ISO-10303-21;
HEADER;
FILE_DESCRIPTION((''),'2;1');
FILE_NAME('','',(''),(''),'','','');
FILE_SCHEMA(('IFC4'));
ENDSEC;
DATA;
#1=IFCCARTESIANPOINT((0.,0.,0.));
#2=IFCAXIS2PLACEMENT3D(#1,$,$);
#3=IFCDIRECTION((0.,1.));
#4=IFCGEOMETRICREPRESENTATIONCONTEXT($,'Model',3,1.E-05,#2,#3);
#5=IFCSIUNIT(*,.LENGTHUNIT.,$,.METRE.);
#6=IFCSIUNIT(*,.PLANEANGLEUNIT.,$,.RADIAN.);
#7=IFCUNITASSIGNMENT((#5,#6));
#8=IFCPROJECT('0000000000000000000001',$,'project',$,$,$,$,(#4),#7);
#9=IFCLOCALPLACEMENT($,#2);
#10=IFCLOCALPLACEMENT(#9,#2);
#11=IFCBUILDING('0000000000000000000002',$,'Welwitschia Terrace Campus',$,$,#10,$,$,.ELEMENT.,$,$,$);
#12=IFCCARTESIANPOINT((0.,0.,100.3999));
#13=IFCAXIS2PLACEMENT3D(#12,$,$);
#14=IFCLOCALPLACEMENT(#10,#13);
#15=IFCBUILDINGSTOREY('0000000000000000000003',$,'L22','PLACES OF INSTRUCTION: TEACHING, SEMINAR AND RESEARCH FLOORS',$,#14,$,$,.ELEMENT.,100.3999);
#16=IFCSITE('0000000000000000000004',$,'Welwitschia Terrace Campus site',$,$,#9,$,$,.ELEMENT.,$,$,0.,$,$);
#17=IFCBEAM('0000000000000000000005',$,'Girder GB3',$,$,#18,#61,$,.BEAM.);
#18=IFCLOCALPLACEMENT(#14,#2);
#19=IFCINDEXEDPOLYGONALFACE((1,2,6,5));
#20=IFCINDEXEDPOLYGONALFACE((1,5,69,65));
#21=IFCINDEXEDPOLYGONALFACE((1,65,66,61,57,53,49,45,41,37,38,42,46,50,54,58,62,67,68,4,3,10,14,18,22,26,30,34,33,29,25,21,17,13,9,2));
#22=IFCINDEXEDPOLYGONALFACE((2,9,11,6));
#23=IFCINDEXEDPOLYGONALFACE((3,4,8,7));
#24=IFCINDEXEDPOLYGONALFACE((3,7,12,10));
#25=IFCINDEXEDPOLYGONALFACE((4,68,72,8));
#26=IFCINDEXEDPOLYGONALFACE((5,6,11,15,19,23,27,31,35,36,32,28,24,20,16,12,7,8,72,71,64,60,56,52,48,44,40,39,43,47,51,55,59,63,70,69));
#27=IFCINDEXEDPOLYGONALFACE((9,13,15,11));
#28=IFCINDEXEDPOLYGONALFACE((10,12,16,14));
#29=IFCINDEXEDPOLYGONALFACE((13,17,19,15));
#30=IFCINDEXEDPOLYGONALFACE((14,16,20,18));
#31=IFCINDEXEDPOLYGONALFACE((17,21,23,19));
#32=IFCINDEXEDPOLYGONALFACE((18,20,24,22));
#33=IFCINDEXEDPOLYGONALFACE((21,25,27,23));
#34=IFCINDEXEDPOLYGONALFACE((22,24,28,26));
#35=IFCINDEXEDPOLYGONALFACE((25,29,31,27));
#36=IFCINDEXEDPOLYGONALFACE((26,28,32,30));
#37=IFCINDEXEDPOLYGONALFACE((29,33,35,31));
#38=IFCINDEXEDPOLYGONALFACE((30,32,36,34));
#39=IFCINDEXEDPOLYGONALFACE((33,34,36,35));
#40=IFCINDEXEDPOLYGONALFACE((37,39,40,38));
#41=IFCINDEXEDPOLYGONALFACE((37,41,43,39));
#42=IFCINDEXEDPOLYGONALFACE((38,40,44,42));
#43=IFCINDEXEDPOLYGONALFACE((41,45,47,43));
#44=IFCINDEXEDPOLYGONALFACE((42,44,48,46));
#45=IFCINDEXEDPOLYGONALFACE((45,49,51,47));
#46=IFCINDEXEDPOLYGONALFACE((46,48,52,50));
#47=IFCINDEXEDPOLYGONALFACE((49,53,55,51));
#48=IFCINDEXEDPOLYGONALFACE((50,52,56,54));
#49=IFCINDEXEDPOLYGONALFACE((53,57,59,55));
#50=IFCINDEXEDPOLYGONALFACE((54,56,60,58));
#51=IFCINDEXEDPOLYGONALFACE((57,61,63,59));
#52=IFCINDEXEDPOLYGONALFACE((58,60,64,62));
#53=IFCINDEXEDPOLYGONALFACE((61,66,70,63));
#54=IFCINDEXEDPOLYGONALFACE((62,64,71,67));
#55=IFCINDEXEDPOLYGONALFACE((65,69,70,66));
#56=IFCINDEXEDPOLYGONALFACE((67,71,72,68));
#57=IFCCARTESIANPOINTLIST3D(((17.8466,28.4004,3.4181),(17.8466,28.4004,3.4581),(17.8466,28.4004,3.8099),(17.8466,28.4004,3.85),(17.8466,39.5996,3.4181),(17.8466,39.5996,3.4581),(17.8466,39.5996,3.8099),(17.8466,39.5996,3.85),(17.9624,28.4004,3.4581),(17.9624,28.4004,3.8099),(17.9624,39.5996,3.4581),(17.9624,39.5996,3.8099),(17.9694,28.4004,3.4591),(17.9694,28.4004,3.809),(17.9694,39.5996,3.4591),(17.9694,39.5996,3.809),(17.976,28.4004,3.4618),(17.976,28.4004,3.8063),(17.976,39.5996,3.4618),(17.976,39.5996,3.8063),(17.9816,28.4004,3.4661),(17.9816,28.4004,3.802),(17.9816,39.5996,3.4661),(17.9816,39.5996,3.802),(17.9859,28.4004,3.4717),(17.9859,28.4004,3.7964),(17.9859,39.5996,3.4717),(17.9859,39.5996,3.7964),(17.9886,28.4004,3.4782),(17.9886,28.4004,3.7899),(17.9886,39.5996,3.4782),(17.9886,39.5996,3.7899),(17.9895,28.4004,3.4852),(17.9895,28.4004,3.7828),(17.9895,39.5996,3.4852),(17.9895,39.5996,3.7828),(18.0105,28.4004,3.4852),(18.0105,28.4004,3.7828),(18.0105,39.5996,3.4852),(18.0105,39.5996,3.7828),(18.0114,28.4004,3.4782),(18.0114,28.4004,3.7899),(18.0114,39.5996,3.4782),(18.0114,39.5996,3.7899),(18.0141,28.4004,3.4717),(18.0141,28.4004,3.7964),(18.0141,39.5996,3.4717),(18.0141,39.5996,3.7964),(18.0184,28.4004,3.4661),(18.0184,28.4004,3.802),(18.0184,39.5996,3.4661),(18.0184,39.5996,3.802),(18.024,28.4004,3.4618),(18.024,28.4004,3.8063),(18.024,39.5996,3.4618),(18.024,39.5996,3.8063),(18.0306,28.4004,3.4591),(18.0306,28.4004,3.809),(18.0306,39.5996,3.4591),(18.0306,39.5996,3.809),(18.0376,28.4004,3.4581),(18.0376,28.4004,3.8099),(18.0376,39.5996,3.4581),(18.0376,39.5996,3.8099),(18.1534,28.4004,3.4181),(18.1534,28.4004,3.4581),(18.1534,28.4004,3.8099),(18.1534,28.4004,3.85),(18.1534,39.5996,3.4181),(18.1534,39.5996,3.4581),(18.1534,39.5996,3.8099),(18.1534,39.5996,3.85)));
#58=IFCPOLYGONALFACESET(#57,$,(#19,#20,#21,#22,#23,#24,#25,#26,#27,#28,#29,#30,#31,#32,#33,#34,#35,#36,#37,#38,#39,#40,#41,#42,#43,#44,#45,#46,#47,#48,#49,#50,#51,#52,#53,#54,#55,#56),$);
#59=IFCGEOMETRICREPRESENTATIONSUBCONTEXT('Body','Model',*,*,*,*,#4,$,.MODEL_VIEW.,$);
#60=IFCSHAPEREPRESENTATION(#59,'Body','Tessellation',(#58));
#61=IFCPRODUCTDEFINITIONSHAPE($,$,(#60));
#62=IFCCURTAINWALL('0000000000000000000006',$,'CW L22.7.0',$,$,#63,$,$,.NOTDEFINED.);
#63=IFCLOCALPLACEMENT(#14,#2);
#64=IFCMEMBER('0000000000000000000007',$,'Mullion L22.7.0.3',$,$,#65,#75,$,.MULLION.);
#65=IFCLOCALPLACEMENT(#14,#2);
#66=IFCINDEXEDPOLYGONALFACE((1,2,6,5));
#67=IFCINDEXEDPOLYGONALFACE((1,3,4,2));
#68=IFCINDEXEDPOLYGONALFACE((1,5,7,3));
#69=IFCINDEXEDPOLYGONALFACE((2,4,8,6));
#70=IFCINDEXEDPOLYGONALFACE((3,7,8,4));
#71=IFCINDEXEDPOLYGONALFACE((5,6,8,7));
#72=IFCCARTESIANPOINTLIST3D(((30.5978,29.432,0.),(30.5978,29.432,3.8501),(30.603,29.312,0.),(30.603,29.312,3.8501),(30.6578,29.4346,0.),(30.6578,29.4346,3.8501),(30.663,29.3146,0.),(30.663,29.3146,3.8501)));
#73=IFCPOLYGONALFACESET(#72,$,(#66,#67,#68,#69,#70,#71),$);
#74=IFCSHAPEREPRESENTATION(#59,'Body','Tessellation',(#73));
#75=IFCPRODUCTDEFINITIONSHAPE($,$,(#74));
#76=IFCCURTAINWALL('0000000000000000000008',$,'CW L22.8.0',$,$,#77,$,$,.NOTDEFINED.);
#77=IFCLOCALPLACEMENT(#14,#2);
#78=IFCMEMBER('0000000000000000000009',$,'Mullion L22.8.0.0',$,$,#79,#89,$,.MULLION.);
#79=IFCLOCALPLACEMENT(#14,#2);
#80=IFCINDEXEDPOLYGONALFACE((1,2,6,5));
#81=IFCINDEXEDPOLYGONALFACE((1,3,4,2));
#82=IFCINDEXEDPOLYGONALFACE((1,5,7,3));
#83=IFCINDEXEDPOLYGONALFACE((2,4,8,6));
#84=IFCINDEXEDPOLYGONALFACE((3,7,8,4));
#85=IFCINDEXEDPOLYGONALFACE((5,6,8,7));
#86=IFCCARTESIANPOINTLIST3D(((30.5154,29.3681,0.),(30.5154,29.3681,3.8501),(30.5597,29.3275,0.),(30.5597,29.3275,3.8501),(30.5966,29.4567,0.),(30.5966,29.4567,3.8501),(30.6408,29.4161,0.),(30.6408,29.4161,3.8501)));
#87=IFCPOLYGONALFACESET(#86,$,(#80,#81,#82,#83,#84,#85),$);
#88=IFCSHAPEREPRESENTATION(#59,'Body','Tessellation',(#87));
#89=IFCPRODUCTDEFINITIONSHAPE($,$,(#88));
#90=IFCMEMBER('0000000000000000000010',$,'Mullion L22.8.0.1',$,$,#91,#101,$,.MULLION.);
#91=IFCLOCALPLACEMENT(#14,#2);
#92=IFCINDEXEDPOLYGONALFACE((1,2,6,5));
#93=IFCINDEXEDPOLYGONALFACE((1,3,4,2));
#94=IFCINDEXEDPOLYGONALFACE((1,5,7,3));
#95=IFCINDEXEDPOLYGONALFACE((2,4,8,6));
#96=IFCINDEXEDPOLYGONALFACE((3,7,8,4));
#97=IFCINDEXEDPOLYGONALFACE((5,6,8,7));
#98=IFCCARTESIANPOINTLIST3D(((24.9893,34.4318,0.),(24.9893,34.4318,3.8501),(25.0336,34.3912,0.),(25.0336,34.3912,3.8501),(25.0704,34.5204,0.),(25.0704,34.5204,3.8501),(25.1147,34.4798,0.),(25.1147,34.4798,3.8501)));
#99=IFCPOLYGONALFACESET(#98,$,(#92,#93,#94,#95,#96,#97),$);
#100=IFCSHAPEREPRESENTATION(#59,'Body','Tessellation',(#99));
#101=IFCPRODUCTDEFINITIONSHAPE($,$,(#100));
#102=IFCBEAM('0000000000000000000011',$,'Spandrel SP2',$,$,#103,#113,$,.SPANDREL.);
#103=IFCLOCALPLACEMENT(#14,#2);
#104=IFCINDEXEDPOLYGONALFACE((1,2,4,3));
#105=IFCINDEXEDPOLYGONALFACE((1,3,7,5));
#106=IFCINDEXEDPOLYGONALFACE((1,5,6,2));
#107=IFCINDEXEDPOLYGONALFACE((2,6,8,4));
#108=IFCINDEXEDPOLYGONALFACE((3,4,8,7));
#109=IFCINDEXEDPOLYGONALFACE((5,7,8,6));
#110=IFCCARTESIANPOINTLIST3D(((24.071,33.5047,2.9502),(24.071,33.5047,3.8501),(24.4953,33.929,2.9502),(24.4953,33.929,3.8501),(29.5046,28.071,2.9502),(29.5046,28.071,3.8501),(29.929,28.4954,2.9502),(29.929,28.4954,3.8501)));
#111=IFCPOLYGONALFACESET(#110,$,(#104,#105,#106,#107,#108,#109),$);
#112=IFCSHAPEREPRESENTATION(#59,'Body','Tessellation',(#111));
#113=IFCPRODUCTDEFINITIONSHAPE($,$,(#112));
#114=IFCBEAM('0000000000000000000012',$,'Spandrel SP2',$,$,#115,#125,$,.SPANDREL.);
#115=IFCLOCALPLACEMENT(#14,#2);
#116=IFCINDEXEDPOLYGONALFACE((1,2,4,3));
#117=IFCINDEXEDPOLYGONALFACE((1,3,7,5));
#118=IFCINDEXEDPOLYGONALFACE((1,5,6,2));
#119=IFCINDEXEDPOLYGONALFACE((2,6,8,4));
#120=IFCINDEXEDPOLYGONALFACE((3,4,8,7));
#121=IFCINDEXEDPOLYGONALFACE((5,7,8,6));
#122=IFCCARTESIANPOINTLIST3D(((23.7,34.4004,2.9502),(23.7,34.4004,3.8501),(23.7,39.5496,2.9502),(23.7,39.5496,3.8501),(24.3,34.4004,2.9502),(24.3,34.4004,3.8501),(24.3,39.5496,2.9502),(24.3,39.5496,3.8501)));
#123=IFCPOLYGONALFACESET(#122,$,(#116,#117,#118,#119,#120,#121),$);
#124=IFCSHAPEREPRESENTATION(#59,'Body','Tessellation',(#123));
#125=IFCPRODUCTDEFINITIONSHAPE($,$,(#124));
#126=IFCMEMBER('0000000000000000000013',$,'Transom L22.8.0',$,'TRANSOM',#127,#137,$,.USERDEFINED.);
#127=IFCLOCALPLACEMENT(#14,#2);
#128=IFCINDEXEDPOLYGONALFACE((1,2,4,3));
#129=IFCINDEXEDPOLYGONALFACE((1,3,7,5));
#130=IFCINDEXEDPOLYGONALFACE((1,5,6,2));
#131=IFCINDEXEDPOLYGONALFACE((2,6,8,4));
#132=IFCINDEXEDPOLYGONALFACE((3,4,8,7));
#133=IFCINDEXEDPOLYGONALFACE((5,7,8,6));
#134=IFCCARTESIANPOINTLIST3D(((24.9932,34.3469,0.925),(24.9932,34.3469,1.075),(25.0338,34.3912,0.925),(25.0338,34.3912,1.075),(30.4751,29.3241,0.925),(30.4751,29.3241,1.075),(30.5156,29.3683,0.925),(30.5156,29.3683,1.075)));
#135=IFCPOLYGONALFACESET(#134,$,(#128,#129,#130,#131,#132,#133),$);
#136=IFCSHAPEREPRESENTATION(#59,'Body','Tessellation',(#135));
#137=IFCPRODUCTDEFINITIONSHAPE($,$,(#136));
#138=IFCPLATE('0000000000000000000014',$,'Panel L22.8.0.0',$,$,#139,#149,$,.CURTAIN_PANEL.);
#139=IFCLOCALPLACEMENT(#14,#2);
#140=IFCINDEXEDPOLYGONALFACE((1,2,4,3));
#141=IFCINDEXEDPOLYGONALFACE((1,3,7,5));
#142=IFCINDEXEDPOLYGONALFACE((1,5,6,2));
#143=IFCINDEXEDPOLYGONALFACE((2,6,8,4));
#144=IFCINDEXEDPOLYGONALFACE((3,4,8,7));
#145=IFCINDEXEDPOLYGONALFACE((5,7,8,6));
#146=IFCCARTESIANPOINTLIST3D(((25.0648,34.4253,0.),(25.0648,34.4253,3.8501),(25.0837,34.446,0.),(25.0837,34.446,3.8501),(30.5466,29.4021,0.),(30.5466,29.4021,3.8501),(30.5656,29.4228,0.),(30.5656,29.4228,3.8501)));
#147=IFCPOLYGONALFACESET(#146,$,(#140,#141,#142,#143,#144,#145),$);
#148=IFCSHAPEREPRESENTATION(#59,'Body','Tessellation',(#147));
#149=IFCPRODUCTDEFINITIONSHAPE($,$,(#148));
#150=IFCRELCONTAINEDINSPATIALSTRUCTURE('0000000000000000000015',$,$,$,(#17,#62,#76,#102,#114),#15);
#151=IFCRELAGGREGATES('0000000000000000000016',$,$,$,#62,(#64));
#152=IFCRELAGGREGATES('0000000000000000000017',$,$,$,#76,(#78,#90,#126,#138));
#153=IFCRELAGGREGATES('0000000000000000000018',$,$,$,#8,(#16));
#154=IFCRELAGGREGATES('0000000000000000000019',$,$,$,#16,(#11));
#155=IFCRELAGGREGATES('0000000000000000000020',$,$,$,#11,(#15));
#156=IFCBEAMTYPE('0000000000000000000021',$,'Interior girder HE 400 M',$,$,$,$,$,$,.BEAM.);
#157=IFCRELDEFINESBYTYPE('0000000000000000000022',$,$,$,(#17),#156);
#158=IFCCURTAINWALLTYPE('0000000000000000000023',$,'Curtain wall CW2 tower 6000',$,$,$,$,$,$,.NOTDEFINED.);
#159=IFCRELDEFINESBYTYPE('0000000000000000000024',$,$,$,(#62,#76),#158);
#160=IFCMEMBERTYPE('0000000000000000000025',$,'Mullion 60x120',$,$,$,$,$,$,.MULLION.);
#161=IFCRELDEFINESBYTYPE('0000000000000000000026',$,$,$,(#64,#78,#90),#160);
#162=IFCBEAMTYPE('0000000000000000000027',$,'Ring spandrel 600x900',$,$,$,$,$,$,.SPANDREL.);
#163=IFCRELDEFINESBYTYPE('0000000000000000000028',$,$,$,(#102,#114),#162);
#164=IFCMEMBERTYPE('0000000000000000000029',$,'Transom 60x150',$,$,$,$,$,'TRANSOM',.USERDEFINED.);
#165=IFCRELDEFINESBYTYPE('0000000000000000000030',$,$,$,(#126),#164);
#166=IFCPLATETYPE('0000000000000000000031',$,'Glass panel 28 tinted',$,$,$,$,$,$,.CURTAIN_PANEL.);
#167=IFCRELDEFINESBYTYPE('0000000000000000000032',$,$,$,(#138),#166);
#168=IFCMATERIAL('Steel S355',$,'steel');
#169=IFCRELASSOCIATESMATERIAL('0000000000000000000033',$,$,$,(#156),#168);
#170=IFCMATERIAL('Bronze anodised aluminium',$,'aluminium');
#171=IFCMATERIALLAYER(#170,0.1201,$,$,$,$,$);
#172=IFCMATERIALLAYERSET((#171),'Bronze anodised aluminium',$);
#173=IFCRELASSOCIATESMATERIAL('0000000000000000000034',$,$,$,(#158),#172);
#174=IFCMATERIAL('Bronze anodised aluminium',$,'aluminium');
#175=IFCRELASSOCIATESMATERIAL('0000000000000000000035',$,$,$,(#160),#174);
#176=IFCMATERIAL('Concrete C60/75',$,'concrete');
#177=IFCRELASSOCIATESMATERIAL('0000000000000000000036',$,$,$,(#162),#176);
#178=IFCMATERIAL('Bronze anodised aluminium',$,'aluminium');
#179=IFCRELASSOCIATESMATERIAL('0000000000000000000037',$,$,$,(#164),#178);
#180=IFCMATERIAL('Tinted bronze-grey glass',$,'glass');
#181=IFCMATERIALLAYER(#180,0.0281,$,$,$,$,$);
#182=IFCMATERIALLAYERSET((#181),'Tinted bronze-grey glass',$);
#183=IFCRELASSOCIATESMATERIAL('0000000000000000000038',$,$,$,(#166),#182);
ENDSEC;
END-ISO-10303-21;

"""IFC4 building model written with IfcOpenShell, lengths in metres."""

from ifc_helpers import new_model, si_unit, direction, frame, origin, origin_2d, place, context, subcontext, project, spatial, rectangle, i_section, extrude, material, layer, layer_set, material_profile, profile_set, type_object, element, aggregate, save


model = new_model("IFC4")

# Units and contexts
model_context = context("Model", 3, precision=1e-05, world=origin(), true_north=direction((0.0, 1.0)))
body_context = subcontext(model_context, "Body", "Model", "MODEL_VIEW")
ifc_project = project(units=[si_unit("LENGTHUNIT", "METRE"), si_unit("PLANEANGLEUNIT", "RADIAN")], contexts=[model_context])

# Site, building, storey
site_placement = place(None, origin())
site = spatial("IfcSite", under=ifc_project, at=site_placement, Name="Welwitschia Terrace Campus site", CompositionType="ELEMENT", RefElevation=0.0)
building_placement = place(site_placement, origin())
building = spatial("IfcBuilding", under=site, at=building_placement, Name="Welwitschia Terrace Campus", CompositionType="ELEMENT")
storey_placement = place(building_placement, frame((0.0, 0.0, 100.3999)))
storey = spatial("IfcBuildingStorey", under=building, at=storey_placement, Name="L22", Description="PLACES OF INSTRUCTION: TEACHING, SEMINAR AND RESEARCH FLOORS", CompositionType="ELEMENT", Elevation=100.3999)

# Beam
ifc_material_1 = material(Name="Steel S355", Category="steel")
ifc_material_profile_1 = material_profile(ifc_material_1, i_section(OverallWidth=0.3069, OverallDepth=0.4319, WebThickness=0.021, FlangeThickness=0.04, FilletRadius=0.0271, at=origin_2d()))
ifc_profile_set_1 = profile_set([ifc_material_profile_1], Name="Steel S355")
beam_type_1 = type_object("IfcBeamType", Name="Interior girder HE 400 M", PredefinedType="BEAM", material=ifc_profile_set_1)
beam_1_placement = place(storey_placement, frame((18.0, 28.4004, 3.634), z_axis=(0.0, 1.0, 0.0), x_axis=(-1.0, 0.0, 0.0)))
element("IfcBeam", 1, at=beam_1_placement, inside=storey, type_object=beam_type_1, Name="Girder GB3", PredefinedType="BEAM", context=body_context, shape_type="SweptSolid", body=[
    extrude(i_section(OverallWidth=0.3069, OverallDepth=0.4319, WebThickness=0.021, FlangeThickness=0.04, FilletRadius=0.0271, at=origin_2d()), origin(), (0.0, 0.0, 1.0), 11.1992),
])

# Curtain wall, member
ifc_material_2 = material(Name="Bronze anodised aluminium", Category="aluminium")
ifc_layer_1 = layer(ifc_material_2, 0.1201)
ifc_layer_set_1 = layer_set([ifc_layer_1], Name="Bronze anodised aluminium")
curtain_wall_type = type_object("IfcCurtainWallType", Name="Curtain wall CW2 tower 6000", PredefinedType="NOTDEFINED", material=ifc_layer_set_1)
curtain_wall_1_placement = place(storey_placement, origin())
curtain_wall_1 = element("IfcCurtainWall", 2, at=curtain_wall_1_placement, inside=storey, type_object=curtain_wall_type, Name="CW L22.7.0", PredefinedType="NOTDEFINED")
ifc_material_3 = material(Name="Bronze anodised aluminium", Category="aluminium")
ifc_material_profile_2 = material_profile(ifc_material_3, rectangle(XDim=0.1201, YDim=0.0601, at=origin_2d()))
ifc_profile_set_2 = profile_set([ifc_material_profile_2], Name="Bronze anodised aluminium")
member_type_1 = type_object("IfcMemberType", Name="Mullion 60x120", PredefinedType="MULLION", material=ifc_profile_set_2)
member_1_placement = place(storey_placement, frame((30.6304, 29.3733, 0.0), z_axis=(0.0, 0.0, 1.0), x_axis=(0.043619, -0.999048, 0.0)))
member_1 = element("IfcMember", 3, at=member_1_placement, type_object=member_type_1, Name="Mullion L22.7.0.3", PredefinedType="MULLION", context=body_context, shape_type="SweptSolid", body=[
    extrude(rectangle(XDim=0.1201, YDim=0.0601, at=origin_2d()), origin(), (0.0, 0.0, 1.0), 3.8501),
])
aggregate(curtain_wall_1, [member_1])

# Curtain wall, members
curtain_wall_2_placement = place(storey_placement, origin())
curtain_wall_2 = element("IfcCurtainWall", 4, at=curtain_wall_2_placement, inside=storey, type_object=curtain_wall_type, Name="CW L22.8.0", PredefinedType="NOTDEFINED")
member_2_placement = place(storey_placement, frame((30.5781, 29.3921, 0.0), z_axis=(0.0, 0.0, 1.0), x_axis=(-0.67559, -0.737277, 0.0)))
member_2 = element("IfcMember", 5, at=member_2_placement, type_object=member_type_1, Name="Mullion L22.8.0.0", PredefinedType="MULLION", context=body_context, shape_type="SweptSolid", body=[
    extrude(rectangle(XDim=0.1201, YDim=0.0601, at=origin_2d()), origin(), (0.0, 0.0, 1.0), 3.8501),
])
member_3_placement = place(storey_placement, frame((25.052, 34.4558, 0.0), z_axis=(0.0, 0.0, 1.0), x_axis=(-0.67559, -0.737277, 0.0)))
member_3 = element("IfcMember", 6, at=member_3_placement, type_object=member_type_1, Name="Mullion L22.8.0.1", PredefinedType="MULLION", context=body_context, shape_type="SweptSolid", body=[
    extrude(rectangle(XDim=0.1201, YDim=0.0601, at=origin_2d()), origin(), (0.0, 0.0, 1.0), 3.8501),
])

# Beams
ifc_material_4 = material(Name="Concrete C60/75", Category="concrete")
ifc_material_profile_3 = material_profile(ifc_material_4, rectangle(XDim=0.6001, YDim=0.8999, at=origin_2d()))
ifc_profile_set_3 = profile_set([ifc_material_profile_3], Name="Concrete C60/75")
beam_type_2 = type_object("IfcBeamType", Name="Ring spandrel 600x900", PredefinedType="SPANDREL", material=ifc_profile_set_3)
beam_2_placement = place(storey_placement, frame((29.7168, 28.2832, 3.4001), z_axis=(-0.707107, 0.707107, 0.0), x_axis=(-0.707107, -0.707107, 0.0)))
element("IfcBeam", 7, at=beam_2_placement, inside=storey, type_object=beam_type_2, Name="Spandrel SP2", PredefinedType="SPANDREL", context=body_context, shape_type="SweptSolid", body=[
    extrude(rectangle(XDim=0.6001, YDim=0.8999, at=origin_2d()), origin(), (0.0, 0.0, 1.0), 7.6843),
])
beam_3_placement = place(storey_placement, frame((24.0, 34.4004, 3.4001), z_axis=(0.0, 1.0, 0.0), x_axis=(-1.0, 0.0, 0.0)))
element("IfcBeam", 8, at=beam_3_placement, inside=storey, type_object=beam_type_2, Name="Spandrel SP2", PredefinedType="SPANDREL", context=body_context, shape_type="SweptSolid", body=[
    extrude(rectangle(XDim=0.6001, YDim=0.8999, at=origin_2d()), origin(), (0.0, 0.0, 1.0), 5.1492),
])

# Member
ifc_material_5 = material(Name="Bronze anodised aluminium", Category="aluminium")
ifc_material_profile_4 = material_profile(ifc_material_5, rectangle(XDim=0.0601, YDim=0.1499, at=origin_2d()))
ifc_profile_set_4 = profile_set([ifc_material_profile_4], Name="Bronze anodised aluminium")
member_type_2 = type_object("IfcMemberType", Name="Transom 60x150", ElementType="TRANSOM", PredefinedType="USERDEFINED", material=ifc_profile_set_4)
member_4_placement = place(storey_placement, frame((30.4954, 29.3462, 1.0), z_axis=(-0.737299, 0.675567, 0.0), x_axis=(-0.675567, -0.737299, 0.0)))
member_4 = element("IfcMember", 9, at=member_4_placement, type_object=member_type_2, Name="Transom L22.8.0", ObjectType="TRANSOM", PredefinedType="USERDEFINED", context=body_context, shape_type="SweptSolid", body=[
    extrude(rectangle(XDim=0.0601, YDim=0.1499, at=origin_2d()), origin(), (0.0, 0.0, 1.0), 7.4351),
])

# Plate
ifc_material_6 = material(Name="Tinted bronze-grey glass", Category="glass")
ifc_layer_2 = layer(ifc_material_6, 0.0281)
ifc_layer_set_2 = layer_set([ifc_layer_2], Name="Tinted bronze-grey glass")
plate_type = type_object("IfcPlateType", Name="Glass panel 28 tinted", PredefinedType="CURTAIN_PANEL", material=ifc_layer_set_2)
plate_placement = place(storey_placement, frame((27.8152, 31.9241, 0.0), z_axis=(0.0, 0.0, 1.0), x_axis=(-0.737277, 0.67559, 0.0)))
plate = element("IfcPlate", 10, at=plate_placement, type_object=plate_type, Name="Panel L22.8.0.0", PredefinedType="CURTAIN_PANEL", context=body_context, shape_type="SweptSolid", body=[
    extrude(rectangle(XDim=7.4353, YDim=0.0281, at=origin_2d()), origin(), (0.0, 0.0, 1.0), 3.8501),
])
aggregate(curtain_wall_2, [member_2, member_3, member_4, plate])

save(model, "model.ifc")
